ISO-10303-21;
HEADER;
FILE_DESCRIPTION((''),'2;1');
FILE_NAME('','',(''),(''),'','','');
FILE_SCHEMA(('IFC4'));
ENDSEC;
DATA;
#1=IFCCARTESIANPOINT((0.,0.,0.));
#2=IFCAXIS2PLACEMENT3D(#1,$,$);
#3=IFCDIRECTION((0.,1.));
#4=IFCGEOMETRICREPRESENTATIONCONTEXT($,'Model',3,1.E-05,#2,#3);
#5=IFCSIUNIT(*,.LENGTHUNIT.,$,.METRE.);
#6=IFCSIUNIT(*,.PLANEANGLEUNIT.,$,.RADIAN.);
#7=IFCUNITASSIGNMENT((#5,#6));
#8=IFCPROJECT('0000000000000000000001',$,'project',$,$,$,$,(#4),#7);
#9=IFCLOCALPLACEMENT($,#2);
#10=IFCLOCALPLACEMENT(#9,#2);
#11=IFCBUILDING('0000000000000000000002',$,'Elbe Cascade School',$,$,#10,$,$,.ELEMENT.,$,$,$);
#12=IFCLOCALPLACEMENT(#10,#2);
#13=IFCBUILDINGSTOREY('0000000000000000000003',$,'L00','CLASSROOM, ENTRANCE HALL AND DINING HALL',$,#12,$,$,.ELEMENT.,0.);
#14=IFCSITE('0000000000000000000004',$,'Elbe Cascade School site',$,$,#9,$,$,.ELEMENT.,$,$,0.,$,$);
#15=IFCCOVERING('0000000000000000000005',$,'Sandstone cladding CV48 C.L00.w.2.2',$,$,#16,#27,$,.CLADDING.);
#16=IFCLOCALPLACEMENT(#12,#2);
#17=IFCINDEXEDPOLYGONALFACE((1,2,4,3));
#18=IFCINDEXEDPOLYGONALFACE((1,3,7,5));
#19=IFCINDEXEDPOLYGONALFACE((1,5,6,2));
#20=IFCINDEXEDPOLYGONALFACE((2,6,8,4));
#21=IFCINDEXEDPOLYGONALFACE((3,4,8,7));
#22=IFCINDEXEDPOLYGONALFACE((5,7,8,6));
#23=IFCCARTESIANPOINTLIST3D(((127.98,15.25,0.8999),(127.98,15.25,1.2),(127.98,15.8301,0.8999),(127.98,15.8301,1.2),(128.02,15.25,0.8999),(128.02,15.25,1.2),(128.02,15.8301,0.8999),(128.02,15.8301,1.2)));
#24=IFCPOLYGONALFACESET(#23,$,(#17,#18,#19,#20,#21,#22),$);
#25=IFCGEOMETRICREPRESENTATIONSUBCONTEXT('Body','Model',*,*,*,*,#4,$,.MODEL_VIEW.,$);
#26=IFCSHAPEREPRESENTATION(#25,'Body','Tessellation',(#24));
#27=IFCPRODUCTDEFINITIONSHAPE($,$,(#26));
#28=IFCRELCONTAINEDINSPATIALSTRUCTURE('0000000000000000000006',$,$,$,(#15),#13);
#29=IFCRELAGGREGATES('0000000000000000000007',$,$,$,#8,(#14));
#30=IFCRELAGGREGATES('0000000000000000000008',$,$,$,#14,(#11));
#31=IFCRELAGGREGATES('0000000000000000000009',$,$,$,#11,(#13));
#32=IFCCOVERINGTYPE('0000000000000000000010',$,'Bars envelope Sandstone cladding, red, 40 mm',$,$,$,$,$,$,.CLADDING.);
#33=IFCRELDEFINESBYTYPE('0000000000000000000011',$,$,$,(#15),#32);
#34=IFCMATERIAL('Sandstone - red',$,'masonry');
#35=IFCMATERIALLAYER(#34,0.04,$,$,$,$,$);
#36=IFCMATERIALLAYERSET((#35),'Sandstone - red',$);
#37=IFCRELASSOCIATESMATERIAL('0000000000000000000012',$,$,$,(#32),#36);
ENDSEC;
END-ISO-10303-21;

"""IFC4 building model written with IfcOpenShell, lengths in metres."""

from ifc_helpers import new_model, si_unit, direction, frame, origin, origin_2d, place, context, subcontext, project, spatial, rectangle, extrude, material, layer, layer_set, type_object, element, save


model = new_model("IFC4")

# Units and contexts
model_context = context("Model", 3, precision=1e-05, world=origin(), true_north=direction((0.0, 1.0)))
body_context = subcontext(model_context, "Body", "Model", "MODEL_VIEW")
ifc_project = project(units=[si_unit("LENGTHUNIT", "METRE"), si_unit("PLANEANGLEUNIT", "RADIAN")], contexts=[model_context])

# Site, building, storey
site_placement = place(None, origin())
site = spatial("IfcSite", under=ifc_project, at=site_placement, Name="Elbe Cascade School site", CompositionType="ELEMENT", RefElevation=0.0)
building_placement = place(site_placement, origin())
building = spatial("IfcBuilding", under=site, at=building_placement, Name="Elbe Cascade School", CompositionType="ELEMENT")
storey_placement = place(building_placement, origin())
storey = spatial("IfcBuildingStorey", under=building, at=storey_placement, Name="L00", Description="CLASSROOM, ENTRANCE HALL AND DINING HALL", CompositionType="ELEMENT", Elevation=0.0)

# Covering
ifc_material_1 = material(Name="Sandstone - red", Category="masonry")
ifc_layer_1 = layer(ifc_material_1, 0.04)
ifc_layer_set_1 = layer_set([ifc_layer_1], Name="Sandstone - red")
covering_type = type_object("IfcCoveringType", Name="Bars envelope Sandstone cladding, red, 40 mm", PredefinedType="CLADDING", material=ifc_layer_set_1)
covering_1_placement = place(storey_placement, frame((128.0, 15.54, 0.8999), z_axis=(0.0, 0.0, 1.0), x_axis=(0.0, 1.0, 0.0)))
element("IfcCovering", 1, at=covering_1_placement, inside=storey, type_object=covering_type, Name="Sandstone cladding CV48 C.L00.w.2.2", PredefinedType="CLADDING", context=body_context, shape_type="SweptSolid", body=[
    extrude(rectangle(XDim=0.5801, YDim=0.04, at=origin_2d()), origin(), (0.0, 0.0, 1.0), 0.3),
])

save(model, "model.ifc")
